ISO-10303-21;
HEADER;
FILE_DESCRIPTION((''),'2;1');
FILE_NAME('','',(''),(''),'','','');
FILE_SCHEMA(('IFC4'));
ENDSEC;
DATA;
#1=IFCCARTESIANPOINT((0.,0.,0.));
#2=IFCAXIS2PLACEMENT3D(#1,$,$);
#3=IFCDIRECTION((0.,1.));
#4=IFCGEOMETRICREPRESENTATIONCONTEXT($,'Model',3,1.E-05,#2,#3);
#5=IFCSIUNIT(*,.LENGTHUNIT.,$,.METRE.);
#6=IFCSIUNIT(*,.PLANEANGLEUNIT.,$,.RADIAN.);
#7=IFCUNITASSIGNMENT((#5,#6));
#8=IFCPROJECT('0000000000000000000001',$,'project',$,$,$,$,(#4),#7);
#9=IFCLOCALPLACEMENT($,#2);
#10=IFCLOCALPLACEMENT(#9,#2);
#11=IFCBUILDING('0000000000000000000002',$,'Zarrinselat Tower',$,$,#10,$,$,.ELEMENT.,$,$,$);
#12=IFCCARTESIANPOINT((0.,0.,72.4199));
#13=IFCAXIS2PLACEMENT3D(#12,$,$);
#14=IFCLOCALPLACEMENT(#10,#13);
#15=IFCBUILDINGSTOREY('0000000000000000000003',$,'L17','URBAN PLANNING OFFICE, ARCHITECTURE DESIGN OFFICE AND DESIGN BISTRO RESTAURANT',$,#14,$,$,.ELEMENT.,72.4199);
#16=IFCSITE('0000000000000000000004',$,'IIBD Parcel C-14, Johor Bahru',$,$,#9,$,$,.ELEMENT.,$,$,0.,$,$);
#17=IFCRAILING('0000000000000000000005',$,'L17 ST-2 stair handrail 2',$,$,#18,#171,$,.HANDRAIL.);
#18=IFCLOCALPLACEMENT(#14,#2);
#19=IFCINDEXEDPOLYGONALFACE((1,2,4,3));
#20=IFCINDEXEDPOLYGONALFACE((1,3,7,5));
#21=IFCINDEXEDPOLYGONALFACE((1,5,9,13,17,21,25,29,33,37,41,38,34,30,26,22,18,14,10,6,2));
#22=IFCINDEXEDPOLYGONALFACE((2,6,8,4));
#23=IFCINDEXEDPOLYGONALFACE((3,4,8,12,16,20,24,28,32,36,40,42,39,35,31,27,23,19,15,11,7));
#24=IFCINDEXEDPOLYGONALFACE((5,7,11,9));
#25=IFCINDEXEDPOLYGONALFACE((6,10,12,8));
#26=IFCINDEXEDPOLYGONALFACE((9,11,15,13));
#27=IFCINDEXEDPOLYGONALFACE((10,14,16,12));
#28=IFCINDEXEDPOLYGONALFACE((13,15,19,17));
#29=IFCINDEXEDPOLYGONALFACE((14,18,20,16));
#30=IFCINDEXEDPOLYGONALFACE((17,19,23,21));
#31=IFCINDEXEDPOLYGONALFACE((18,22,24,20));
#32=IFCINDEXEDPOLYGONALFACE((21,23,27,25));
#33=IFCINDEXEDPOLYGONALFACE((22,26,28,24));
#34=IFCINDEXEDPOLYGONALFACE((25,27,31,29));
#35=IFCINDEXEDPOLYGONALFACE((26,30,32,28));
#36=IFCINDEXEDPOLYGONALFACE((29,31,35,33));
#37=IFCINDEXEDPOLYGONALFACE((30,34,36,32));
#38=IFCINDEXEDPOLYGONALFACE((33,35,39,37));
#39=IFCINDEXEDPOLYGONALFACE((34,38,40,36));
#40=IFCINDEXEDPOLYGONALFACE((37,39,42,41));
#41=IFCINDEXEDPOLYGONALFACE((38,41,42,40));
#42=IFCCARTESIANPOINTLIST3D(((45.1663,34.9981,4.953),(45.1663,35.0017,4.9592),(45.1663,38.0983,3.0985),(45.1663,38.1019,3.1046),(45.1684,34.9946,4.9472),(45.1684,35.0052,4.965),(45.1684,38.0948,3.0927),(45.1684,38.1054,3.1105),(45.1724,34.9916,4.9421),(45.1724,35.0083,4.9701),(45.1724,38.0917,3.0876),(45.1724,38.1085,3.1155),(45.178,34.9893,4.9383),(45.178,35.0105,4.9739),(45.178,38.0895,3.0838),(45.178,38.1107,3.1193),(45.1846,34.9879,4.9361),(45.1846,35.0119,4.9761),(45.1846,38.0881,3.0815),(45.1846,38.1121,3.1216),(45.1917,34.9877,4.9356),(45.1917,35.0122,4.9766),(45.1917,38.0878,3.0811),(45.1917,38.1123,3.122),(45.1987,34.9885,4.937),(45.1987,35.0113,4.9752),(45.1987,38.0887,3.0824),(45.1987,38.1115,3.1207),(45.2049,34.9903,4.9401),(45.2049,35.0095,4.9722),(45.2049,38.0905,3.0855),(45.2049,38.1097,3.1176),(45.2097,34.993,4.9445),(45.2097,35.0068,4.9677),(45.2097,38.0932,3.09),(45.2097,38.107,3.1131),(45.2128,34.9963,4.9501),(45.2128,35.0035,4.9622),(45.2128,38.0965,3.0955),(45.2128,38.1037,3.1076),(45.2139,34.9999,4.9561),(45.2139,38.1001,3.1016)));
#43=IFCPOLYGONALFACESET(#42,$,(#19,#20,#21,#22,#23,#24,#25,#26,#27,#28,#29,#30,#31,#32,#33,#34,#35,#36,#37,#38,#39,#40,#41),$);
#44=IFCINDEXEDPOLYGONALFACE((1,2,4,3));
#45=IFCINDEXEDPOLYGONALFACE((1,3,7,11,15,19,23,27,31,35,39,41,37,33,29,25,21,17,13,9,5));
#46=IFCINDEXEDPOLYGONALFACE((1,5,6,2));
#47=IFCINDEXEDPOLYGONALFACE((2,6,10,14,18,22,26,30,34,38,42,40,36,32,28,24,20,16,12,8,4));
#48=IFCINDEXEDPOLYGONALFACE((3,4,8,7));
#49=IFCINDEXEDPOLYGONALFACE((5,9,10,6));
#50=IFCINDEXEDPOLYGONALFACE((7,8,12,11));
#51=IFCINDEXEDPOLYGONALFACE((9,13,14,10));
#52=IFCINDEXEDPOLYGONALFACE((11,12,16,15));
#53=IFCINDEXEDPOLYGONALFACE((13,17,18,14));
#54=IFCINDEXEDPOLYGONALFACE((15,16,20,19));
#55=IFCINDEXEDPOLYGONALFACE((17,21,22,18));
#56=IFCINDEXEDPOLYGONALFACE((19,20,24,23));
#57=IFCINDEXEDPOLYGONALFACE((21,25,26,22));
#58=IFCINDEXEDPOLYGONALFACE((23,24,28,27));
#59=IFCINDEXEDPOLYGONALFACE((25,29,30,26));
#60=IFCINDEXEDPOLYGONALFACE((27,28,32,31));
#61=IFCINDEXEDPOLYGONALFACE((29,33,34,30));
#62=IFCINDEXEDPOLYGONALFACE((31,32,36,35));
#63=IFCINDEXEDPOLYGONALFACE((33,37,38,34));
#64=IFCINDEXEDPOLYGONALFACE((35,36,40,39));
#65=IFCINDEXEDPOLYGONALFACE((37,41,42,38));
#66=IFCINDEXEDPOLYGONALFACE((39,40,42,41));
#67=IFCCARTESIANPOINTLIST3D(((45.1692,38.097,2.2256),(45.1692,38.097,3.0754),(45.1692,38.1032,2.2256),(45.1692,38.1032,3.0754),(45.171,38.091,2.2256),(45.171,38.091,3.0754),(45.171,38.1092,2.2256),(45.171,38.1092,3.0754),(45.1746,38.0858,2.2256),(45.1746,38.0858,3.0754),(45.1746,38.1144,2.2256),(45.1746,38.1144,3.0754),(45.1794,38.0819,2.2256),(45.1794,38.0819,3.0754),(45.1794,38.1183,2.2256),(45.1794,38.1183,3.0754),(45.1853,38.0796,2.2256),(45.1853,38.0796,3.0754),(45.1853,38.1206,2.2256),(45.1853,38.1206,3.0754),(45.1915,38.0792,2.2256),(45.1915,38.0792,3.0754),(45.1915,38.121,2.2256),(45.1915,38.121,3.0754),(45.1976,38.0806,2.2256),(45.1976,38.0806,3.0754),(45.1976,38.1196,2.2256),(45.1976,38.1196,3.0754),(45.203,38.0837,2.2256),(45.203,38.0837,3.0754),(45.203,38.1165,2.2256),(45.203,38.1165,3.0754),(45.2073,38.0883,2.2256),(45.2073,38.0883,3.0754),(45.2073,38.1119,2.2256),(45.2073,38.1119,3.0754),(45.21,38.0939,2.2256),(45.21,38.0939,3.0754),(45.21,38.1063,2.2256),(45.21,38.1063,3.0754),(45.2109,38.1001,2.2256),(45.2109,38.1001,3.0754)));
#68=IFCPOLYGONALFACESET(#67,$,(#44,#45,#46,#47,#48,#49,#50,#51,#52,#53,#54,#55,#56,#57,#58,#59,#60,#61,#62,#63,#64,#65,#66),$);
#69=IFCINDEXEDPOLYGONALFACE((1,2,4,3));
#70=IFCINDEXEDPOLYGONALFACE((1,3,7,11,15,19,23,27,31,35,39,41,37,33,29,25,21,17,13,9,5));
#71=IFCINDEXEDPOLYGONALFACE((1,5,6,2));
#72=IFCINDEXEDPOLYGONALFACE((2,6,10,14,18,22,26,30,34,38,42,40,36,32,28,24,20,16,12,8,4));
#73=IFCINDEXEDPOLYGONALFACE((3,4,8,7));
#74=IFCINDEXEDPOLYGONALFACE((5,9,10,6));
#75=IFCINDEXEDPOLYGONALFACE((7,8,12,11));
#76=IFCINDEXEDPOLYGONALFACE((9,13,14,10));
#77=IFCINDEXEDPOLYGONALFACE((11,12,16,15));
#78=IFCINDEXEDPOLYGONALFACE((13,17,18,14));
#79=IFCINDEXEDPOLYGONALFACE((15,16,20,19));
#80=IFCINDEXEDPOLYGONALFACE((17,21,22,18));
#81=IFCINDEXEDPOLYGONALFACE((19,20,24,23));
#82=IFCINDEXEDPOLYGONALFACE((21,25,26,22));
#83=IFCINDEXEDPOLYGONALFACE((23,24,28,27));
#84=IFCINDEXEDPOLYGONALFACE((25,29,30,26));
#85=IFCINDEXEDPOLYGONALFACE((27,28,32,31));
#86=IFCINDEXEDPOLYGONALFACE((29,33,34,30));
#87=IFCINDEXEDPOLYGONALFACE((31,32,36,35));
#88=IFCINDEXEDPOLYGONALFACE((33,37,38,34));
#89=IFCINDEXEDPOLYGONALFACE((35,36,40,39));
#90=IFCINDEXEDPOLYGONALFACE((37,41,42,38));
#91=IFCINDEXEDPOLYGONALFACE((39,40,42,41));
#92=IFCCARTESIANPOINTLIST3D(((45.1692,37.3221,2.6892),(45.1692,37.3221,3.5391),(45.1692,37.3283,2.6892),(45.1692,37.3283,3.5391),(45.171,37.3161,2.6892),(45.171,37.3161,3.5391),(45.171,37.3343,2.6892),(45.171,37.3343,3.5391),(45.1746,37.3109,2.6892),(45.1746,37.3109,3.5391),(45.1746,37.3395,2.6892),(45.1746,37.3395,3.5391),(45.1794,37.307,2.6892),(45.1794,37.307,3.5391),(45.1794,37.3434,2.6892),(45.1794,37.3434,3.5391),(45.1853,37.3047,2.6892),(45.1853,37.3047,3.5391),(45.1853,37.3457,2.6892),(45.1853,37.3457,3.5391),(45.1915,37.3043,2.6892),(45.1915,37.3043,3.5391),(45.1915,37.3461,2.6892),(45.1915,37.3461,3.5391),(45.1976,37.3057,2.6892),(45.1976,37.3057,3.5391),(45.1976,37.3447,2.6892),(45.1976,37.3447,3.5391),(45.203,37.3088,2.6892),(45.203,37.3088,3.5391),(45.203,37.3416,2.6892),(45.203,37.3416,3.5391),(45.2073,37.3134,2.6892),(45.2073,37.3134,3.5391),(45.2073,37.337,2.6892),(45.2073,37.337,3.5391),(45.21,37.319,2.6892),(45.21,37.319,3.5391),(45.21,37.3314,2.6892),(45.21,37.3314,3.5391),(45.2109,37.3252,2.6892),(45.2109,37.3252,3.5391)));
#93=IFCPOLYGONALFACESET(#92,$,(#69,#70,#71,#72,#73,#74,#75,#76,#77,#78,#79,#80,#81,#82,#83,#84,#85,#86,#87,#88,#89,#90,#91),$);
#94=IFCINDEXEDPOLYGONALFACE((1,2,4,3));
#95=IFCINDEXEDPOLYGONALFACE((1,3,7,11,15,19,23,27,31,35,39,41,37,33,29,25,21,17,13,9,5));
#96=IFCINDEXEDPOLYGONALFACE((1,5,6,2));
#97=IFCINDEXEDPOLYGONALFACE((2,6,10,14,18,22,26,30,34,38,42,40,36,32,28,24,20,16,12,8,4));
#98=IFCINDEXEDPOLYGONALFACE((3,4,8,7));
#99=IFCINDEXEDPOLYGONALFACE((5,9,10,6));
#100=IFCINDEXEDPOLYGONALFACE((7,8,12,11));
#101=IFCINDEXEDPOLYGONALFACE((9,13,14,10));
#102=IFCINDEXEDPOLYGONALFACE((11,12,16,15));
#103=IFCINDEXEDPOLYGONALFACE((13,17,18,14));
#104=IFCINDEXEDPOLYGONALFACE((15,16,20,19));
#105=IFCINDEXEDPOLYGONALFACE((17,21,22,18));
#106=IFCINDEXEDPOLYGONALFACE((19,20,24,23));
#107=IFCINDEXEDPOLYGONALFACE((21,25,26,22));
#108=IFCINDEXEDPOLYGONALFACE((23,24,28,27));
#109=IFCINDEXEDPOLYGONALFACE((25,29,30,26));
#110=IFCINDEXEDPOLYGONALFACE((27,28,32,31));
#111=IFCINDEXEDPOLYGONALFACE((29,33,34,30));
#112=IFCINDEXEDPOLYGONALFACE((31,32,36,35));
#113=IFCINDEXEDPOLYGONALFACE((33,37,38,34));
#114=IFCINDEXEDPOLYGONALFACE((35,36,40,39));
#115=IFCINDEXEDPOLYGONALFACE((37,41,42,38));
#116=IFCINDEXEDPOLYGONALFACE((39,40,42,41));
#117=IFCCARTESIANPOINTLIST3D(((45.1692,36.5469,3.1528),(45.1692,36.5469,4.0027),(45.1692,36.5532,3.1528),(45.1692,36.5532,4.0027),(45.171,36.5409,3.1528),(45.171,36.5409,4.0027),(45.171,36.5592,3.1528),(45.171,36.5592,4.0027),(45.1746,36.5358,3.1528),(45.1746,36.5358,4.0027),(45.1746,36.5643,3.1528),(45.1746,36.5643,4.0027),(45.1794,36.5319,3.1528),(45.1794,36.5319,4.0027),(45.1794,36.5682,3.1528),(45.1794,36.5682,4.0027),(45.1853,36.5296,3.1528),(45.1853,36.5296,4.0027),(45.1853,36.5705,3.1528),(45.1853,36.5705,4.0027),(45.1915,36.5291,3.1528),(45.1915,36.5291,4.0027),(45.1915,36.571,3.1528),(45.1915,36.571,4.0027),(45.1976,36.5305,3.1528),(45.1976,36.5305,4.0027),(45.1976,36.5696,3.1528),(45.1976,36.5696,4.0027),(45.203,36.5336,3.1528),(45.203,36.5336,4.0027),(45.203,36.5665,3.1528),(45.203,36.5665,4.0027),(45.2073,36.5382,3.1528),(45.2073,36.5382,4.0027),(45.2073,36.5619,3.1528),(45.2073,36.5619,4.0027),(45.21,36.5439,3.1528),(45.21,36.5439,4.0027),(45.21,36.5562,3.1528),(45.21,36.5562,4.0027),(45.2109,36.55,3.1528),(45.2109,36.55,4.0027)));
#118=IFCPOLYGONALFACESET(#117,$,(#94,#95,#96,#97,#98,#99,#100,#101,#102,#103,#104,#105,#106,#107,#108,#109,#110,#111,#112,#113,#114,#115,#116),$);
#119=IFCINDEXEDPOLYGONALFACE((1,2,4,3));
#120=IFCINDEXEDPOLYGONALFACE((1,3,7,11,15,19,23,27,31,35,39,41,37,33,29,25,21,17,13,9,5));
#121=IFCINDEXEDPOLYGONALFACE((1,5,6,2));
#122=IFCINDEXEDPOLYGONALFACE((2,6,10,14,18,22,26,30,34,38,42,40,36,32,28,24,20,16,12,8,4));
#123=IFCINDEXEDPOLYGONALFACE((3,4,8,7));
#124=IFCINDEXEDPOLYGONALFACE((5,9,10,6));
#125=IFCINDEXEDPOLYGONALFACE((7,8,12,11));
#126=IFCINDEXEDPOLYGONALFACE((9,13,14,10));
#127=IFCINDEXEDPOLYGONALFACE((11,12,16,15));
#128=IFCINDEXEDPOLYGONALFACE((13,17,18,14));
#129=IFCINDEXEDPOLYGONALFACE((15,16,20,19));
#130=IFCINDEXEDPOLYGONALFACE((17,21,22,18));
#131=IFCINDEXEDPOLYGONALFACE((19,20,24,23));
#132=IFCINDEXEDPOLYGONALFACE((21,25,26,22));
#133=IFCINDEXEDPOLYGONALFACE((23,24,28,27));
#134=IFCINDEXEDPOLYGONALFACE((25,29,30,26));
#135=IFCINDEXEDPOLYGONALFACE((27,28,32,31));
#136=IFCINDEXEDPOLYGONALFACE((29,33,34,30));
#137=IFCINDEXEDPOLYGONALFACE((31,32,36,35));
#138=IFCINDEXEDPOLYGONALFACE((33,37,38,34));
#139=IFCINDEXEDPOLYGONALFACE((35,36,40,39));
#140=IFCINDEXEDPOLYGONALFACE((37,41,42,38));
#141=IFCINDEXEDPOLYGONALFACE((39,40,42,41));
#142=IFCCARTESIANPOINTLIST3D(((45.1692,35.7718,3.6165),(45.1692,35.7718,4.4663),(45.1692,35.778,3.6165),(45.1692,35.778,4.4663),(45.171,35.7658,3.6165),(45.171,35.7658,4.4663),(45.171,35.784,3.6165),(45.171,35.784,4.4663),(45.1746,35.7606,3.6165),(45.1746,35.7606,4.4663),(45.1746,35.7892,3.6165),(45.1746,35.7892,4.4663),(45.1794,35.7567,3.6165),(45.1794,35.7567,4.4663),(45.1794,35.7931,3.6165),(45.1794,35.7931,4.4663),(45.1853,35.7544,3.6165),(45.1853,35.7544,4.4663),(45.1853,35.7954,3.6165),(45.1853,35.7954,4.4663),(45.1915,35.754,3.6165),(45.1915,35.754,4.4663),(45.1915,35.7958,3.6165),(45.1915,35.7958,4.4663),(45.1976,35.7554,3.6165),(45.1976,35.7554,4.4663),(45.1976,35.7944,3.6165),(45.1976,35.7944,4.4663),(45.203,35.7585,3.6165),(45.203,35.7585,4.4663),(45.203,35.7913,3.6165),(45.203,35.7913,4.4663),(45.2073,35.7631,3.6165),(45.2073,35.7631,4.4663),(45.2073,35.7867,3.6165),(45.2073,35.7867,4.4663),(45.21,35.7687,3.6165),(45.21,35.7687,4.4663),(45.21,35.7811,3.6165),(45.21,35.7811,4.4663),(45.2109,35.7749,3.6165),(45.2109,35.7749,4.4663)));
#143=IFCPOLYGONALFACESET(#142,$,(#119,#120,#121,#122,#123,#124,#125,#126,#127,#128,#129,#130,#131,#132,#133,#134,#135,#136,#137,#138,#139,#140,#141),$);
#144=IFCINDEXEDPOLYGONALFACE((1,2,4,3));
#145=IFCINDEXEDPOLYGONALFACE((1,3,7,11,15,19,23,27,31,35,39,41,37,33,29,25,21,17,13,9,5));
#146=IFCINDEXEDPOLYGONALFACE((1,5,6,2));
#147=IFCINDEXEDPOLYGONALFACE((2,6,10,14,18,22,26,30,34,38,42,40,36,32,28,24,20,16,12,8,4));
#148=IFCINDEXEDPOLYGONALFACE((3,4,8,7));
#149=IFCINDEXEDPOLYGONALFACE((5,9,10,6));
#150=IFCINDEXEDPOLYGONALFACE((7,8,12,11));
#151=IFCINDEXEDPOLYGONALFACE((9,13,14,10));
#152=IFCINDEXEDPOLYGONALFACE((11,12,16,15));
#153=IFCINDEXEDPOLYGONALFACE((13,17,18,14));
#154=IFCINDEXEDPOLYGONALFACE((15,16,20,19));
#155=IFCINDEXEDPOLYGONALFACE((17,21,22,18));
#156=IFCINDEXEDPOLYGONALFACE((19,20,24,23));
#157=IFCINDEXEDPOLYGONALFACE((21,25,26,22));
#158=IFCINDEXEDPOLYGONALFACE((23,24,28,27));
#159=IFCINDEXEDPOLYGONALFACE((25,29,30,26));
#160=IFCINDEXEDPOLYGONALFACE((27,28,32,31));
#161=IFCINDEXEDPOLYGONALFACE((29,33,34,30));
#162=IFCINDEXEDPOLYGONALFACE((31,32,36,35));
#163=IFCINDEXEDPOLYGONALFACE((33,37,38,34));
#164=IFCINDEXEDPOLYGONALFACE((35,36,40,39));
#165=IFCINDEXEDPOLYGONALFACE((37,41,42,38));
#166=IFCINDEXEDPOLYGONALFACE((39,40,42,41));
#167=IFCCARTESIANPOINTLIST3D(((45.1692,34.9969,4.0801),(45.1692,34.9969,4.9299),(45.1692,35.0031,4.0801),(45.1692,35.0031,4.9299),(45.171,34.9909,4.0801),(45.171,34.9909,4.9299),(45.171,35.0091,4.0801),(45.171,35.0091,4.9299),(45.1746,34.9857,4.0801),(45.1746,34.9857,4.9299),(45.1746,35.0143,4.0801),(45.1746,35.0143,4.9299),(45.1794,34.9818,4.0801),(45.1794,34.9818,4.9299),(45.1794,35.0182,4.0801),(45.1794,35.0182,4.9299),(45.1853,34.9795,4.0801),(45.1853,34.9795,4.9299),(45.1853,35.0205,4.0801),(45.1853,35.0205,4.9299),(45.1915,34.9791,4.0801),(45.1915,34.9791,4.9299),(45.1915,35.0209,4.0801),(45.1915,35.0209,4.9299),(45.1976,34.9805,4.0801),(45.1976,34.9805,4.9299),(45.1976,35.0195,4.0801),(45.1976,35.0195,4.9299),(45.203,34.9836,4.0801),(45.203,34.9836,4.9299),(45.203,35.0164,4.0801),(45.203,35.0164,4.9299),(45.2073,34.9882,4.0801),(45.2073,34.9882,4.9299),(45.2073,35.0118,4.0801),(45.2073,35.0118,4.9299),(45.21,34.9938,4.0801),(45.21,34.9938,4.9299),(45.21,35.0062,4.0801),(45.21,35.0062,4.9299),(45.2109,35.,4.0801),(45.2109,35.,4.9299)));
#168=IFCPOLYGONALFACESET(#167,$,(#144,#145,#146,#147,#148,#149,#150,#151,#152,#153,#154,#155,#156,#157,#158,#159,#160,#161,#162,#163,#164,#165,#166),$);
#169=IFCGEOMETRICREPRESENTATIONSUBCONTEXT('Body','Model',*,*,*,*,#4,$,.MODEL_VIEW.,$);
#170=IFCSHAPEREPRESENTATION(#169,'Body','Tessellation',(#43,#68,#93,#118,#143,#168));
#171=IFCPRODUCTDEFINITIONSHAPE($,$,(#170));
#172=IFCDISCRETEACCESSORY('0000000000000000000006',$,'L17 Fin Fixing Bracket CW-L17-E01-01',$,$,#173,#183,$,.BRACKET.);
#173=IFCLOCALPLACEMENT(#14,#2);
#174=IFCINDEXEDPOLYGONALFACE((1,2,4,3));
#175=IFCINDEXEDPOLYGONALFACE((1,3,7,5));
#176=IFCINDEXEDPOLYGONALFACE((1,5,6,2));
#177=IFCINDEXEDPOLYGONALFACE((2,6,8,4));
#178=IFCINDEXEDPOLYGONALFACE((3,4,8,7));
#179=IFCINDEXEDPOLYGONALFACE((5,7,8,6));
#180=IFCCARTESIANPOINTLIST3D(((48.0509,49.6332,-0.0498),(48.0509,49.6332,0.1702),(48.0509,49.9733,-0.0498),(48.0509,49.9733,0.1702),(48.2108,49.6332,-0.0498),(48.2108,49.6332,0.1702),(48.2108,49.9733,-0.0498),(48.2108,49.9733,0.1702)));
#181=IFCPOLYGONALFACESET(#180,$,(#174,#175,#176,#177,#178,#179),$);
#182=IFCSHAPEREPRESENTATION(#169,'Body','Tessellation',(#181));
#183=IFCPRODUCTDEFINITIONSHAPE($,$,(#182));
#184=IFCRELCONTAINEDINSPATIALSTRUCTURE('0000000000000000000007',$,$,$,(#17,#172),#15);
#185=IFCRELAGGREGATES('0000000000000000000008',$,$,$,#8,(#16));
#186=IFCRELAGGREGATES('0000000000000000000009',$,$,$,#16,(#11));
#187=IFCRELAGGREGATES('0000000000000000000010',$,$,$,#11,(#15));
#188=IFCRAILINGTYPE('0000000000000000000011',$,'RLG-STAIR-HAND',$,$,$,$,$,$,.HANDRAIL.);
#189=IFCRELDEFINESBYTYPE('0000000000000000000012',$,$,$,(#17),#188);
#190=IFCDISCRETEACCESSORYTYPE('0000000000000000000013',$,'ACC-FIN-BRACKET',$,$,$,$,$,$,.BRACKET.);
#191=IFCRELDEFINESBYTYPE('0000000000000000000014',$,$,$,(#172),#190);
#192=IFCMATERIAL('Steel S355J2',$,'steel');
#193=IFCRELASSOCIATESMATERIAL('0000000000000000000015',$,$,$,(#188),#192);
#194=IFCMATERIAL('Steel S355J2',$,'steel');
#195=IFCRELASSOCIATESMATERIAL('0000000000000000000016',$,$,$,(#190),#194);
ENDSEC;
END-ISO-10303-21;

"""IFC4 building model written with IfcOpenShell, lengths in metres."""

from ifc_helpers import new_model, si_unit, direction, frame, origin, origin_2d, place, context, subcontext, project, spatial, rectangle, circle, extrude, material, type_object, element, save


model = new_model("IFC4")

# Units and contexts
model_context = context("Model", 3, precision=1e-05, world=origin(), true_north=direction((0.0, 1.0)))
body_context = subcontext(model_context, "Body", "Model", "MODEL_VIEW")
ifc_project = project(units=[si_unit("LENGTHUNIT", "METRE"), si_unit("PLANEANGLEUNIT", "RADIAN")], contexts=[model_context])

# Site, building, storey
site_placement = place(None, origin())
site = spatial("IfcSite", under=ifc_project, at=site_placement, Name="IIBD Parcel C-14, Johor Bahru", CompositionType="ELEMENT", RefElevation=0.0)
building_placement = place(site_placement, origin())
building = spatial("IfcBuilding", under=site, at=building_placement, Name="Zarrinselat Tower", CompositionType="ELEMENT")
storey_placement = place(building_placement, frame((0.0, 0.0, 72.4199)))
storey = spatial("IfcBuildingStorey", under=building, at=storey_placement, Name="L17", Description="URBAN PLANNING OFFICE, ARCHITECTURE DESIGN OFFICE AND DESIGN BISTRO RESTAURANT", CompositionType="ELEMENT", Elevation=72.4199)

# Railing
ifc_material_1 = material(Name="Steel S355J2", Category="steel")
railing_type_1 = type_object("IfcRailingType", Name="RLG-STAIR-HAND", PredefinedType="HANDRAIL", material=ifc_material_1)
railing_1_placement = place(storey_placement, frame((45.1899, 38.1001, 2.2256)))
element("IfcRailing", 1, at=railing_1_placement, inside=storey, type_object=railing_type_1, Name="L17 ST-2 stair handrail 2", PredefinedType="HANDRAIL", context=body_context, shape_type="SweptSolid", body=[
    extrude(circle(Radius=0.0239, at=origin_2d()), frame((0.0, 0.0, 0.876), z_axis=(0.0, -0.858172, 0.513362), x_axis=(1.0, 0.0, 0.0)), (0.0, 0.0, 1.0), 3.6125),
    extrude(circle(Radius=0.021, at=origin_2d()), origin(), (0.0, 0.0, 1.0), 0.8499),
    extrude(circle(Radius=0.021, at=origin_2d()), frame((0.0, -0.7749, 0.4636)), (0.0, 0.0, 1.0), 0.8499),
    extrude(circle(Radius=0.021, at=origin_2d()), frame((0.0, -1.55, 0.9272)), (0.0, 0.0, 1.0), 0.8499),
    extrude(circle(Radius=0.021, at=origin_2d()), frame((0.0, -2.3252, 1.3909)), (0.0, 0.0, 1.0), 0.8499),
    extrude(circle(Radius=0.021, at=origin_2d()), frame((0.0, -3.1001, 1.8545)), (0.0, 0.0, 1.0), 0.8499),
])

# Discrete accessory
ifc_material_2 = material(Name="Steel S355J2", Category="steel")
discrete_accessory_type = type_object("IfcDiscreteAccessoryType", Name="ACC-FIN-BRACKET", PredefinedType="BRACKET", material=ifc_material_2)
discrete_accessory_placement = place(storey_placement, frame((48.1309, 49.8032, -0.0498), z_axis=(0.0, 0.0, 1.0), x_axis=(0.0, 1.0, 0.0)))
element("IfcDiscreteAccessory", 2, at=discrete_accessory_placement, inside=storey, type_object=discrete_accessory_type, Name="L17 Fin Fixing Bracket CW-L17-E01-01", PredefinedType="BRACKET", context=body_context, shape_type="SweptSolid", body=[
    extrude(rectangle(XDim=0.3401, YDim=0.1599, at=origin_2d()), origin(), (0.0, 0.0, 1.0), 0.22),
])

save(model, "model.ifc")
